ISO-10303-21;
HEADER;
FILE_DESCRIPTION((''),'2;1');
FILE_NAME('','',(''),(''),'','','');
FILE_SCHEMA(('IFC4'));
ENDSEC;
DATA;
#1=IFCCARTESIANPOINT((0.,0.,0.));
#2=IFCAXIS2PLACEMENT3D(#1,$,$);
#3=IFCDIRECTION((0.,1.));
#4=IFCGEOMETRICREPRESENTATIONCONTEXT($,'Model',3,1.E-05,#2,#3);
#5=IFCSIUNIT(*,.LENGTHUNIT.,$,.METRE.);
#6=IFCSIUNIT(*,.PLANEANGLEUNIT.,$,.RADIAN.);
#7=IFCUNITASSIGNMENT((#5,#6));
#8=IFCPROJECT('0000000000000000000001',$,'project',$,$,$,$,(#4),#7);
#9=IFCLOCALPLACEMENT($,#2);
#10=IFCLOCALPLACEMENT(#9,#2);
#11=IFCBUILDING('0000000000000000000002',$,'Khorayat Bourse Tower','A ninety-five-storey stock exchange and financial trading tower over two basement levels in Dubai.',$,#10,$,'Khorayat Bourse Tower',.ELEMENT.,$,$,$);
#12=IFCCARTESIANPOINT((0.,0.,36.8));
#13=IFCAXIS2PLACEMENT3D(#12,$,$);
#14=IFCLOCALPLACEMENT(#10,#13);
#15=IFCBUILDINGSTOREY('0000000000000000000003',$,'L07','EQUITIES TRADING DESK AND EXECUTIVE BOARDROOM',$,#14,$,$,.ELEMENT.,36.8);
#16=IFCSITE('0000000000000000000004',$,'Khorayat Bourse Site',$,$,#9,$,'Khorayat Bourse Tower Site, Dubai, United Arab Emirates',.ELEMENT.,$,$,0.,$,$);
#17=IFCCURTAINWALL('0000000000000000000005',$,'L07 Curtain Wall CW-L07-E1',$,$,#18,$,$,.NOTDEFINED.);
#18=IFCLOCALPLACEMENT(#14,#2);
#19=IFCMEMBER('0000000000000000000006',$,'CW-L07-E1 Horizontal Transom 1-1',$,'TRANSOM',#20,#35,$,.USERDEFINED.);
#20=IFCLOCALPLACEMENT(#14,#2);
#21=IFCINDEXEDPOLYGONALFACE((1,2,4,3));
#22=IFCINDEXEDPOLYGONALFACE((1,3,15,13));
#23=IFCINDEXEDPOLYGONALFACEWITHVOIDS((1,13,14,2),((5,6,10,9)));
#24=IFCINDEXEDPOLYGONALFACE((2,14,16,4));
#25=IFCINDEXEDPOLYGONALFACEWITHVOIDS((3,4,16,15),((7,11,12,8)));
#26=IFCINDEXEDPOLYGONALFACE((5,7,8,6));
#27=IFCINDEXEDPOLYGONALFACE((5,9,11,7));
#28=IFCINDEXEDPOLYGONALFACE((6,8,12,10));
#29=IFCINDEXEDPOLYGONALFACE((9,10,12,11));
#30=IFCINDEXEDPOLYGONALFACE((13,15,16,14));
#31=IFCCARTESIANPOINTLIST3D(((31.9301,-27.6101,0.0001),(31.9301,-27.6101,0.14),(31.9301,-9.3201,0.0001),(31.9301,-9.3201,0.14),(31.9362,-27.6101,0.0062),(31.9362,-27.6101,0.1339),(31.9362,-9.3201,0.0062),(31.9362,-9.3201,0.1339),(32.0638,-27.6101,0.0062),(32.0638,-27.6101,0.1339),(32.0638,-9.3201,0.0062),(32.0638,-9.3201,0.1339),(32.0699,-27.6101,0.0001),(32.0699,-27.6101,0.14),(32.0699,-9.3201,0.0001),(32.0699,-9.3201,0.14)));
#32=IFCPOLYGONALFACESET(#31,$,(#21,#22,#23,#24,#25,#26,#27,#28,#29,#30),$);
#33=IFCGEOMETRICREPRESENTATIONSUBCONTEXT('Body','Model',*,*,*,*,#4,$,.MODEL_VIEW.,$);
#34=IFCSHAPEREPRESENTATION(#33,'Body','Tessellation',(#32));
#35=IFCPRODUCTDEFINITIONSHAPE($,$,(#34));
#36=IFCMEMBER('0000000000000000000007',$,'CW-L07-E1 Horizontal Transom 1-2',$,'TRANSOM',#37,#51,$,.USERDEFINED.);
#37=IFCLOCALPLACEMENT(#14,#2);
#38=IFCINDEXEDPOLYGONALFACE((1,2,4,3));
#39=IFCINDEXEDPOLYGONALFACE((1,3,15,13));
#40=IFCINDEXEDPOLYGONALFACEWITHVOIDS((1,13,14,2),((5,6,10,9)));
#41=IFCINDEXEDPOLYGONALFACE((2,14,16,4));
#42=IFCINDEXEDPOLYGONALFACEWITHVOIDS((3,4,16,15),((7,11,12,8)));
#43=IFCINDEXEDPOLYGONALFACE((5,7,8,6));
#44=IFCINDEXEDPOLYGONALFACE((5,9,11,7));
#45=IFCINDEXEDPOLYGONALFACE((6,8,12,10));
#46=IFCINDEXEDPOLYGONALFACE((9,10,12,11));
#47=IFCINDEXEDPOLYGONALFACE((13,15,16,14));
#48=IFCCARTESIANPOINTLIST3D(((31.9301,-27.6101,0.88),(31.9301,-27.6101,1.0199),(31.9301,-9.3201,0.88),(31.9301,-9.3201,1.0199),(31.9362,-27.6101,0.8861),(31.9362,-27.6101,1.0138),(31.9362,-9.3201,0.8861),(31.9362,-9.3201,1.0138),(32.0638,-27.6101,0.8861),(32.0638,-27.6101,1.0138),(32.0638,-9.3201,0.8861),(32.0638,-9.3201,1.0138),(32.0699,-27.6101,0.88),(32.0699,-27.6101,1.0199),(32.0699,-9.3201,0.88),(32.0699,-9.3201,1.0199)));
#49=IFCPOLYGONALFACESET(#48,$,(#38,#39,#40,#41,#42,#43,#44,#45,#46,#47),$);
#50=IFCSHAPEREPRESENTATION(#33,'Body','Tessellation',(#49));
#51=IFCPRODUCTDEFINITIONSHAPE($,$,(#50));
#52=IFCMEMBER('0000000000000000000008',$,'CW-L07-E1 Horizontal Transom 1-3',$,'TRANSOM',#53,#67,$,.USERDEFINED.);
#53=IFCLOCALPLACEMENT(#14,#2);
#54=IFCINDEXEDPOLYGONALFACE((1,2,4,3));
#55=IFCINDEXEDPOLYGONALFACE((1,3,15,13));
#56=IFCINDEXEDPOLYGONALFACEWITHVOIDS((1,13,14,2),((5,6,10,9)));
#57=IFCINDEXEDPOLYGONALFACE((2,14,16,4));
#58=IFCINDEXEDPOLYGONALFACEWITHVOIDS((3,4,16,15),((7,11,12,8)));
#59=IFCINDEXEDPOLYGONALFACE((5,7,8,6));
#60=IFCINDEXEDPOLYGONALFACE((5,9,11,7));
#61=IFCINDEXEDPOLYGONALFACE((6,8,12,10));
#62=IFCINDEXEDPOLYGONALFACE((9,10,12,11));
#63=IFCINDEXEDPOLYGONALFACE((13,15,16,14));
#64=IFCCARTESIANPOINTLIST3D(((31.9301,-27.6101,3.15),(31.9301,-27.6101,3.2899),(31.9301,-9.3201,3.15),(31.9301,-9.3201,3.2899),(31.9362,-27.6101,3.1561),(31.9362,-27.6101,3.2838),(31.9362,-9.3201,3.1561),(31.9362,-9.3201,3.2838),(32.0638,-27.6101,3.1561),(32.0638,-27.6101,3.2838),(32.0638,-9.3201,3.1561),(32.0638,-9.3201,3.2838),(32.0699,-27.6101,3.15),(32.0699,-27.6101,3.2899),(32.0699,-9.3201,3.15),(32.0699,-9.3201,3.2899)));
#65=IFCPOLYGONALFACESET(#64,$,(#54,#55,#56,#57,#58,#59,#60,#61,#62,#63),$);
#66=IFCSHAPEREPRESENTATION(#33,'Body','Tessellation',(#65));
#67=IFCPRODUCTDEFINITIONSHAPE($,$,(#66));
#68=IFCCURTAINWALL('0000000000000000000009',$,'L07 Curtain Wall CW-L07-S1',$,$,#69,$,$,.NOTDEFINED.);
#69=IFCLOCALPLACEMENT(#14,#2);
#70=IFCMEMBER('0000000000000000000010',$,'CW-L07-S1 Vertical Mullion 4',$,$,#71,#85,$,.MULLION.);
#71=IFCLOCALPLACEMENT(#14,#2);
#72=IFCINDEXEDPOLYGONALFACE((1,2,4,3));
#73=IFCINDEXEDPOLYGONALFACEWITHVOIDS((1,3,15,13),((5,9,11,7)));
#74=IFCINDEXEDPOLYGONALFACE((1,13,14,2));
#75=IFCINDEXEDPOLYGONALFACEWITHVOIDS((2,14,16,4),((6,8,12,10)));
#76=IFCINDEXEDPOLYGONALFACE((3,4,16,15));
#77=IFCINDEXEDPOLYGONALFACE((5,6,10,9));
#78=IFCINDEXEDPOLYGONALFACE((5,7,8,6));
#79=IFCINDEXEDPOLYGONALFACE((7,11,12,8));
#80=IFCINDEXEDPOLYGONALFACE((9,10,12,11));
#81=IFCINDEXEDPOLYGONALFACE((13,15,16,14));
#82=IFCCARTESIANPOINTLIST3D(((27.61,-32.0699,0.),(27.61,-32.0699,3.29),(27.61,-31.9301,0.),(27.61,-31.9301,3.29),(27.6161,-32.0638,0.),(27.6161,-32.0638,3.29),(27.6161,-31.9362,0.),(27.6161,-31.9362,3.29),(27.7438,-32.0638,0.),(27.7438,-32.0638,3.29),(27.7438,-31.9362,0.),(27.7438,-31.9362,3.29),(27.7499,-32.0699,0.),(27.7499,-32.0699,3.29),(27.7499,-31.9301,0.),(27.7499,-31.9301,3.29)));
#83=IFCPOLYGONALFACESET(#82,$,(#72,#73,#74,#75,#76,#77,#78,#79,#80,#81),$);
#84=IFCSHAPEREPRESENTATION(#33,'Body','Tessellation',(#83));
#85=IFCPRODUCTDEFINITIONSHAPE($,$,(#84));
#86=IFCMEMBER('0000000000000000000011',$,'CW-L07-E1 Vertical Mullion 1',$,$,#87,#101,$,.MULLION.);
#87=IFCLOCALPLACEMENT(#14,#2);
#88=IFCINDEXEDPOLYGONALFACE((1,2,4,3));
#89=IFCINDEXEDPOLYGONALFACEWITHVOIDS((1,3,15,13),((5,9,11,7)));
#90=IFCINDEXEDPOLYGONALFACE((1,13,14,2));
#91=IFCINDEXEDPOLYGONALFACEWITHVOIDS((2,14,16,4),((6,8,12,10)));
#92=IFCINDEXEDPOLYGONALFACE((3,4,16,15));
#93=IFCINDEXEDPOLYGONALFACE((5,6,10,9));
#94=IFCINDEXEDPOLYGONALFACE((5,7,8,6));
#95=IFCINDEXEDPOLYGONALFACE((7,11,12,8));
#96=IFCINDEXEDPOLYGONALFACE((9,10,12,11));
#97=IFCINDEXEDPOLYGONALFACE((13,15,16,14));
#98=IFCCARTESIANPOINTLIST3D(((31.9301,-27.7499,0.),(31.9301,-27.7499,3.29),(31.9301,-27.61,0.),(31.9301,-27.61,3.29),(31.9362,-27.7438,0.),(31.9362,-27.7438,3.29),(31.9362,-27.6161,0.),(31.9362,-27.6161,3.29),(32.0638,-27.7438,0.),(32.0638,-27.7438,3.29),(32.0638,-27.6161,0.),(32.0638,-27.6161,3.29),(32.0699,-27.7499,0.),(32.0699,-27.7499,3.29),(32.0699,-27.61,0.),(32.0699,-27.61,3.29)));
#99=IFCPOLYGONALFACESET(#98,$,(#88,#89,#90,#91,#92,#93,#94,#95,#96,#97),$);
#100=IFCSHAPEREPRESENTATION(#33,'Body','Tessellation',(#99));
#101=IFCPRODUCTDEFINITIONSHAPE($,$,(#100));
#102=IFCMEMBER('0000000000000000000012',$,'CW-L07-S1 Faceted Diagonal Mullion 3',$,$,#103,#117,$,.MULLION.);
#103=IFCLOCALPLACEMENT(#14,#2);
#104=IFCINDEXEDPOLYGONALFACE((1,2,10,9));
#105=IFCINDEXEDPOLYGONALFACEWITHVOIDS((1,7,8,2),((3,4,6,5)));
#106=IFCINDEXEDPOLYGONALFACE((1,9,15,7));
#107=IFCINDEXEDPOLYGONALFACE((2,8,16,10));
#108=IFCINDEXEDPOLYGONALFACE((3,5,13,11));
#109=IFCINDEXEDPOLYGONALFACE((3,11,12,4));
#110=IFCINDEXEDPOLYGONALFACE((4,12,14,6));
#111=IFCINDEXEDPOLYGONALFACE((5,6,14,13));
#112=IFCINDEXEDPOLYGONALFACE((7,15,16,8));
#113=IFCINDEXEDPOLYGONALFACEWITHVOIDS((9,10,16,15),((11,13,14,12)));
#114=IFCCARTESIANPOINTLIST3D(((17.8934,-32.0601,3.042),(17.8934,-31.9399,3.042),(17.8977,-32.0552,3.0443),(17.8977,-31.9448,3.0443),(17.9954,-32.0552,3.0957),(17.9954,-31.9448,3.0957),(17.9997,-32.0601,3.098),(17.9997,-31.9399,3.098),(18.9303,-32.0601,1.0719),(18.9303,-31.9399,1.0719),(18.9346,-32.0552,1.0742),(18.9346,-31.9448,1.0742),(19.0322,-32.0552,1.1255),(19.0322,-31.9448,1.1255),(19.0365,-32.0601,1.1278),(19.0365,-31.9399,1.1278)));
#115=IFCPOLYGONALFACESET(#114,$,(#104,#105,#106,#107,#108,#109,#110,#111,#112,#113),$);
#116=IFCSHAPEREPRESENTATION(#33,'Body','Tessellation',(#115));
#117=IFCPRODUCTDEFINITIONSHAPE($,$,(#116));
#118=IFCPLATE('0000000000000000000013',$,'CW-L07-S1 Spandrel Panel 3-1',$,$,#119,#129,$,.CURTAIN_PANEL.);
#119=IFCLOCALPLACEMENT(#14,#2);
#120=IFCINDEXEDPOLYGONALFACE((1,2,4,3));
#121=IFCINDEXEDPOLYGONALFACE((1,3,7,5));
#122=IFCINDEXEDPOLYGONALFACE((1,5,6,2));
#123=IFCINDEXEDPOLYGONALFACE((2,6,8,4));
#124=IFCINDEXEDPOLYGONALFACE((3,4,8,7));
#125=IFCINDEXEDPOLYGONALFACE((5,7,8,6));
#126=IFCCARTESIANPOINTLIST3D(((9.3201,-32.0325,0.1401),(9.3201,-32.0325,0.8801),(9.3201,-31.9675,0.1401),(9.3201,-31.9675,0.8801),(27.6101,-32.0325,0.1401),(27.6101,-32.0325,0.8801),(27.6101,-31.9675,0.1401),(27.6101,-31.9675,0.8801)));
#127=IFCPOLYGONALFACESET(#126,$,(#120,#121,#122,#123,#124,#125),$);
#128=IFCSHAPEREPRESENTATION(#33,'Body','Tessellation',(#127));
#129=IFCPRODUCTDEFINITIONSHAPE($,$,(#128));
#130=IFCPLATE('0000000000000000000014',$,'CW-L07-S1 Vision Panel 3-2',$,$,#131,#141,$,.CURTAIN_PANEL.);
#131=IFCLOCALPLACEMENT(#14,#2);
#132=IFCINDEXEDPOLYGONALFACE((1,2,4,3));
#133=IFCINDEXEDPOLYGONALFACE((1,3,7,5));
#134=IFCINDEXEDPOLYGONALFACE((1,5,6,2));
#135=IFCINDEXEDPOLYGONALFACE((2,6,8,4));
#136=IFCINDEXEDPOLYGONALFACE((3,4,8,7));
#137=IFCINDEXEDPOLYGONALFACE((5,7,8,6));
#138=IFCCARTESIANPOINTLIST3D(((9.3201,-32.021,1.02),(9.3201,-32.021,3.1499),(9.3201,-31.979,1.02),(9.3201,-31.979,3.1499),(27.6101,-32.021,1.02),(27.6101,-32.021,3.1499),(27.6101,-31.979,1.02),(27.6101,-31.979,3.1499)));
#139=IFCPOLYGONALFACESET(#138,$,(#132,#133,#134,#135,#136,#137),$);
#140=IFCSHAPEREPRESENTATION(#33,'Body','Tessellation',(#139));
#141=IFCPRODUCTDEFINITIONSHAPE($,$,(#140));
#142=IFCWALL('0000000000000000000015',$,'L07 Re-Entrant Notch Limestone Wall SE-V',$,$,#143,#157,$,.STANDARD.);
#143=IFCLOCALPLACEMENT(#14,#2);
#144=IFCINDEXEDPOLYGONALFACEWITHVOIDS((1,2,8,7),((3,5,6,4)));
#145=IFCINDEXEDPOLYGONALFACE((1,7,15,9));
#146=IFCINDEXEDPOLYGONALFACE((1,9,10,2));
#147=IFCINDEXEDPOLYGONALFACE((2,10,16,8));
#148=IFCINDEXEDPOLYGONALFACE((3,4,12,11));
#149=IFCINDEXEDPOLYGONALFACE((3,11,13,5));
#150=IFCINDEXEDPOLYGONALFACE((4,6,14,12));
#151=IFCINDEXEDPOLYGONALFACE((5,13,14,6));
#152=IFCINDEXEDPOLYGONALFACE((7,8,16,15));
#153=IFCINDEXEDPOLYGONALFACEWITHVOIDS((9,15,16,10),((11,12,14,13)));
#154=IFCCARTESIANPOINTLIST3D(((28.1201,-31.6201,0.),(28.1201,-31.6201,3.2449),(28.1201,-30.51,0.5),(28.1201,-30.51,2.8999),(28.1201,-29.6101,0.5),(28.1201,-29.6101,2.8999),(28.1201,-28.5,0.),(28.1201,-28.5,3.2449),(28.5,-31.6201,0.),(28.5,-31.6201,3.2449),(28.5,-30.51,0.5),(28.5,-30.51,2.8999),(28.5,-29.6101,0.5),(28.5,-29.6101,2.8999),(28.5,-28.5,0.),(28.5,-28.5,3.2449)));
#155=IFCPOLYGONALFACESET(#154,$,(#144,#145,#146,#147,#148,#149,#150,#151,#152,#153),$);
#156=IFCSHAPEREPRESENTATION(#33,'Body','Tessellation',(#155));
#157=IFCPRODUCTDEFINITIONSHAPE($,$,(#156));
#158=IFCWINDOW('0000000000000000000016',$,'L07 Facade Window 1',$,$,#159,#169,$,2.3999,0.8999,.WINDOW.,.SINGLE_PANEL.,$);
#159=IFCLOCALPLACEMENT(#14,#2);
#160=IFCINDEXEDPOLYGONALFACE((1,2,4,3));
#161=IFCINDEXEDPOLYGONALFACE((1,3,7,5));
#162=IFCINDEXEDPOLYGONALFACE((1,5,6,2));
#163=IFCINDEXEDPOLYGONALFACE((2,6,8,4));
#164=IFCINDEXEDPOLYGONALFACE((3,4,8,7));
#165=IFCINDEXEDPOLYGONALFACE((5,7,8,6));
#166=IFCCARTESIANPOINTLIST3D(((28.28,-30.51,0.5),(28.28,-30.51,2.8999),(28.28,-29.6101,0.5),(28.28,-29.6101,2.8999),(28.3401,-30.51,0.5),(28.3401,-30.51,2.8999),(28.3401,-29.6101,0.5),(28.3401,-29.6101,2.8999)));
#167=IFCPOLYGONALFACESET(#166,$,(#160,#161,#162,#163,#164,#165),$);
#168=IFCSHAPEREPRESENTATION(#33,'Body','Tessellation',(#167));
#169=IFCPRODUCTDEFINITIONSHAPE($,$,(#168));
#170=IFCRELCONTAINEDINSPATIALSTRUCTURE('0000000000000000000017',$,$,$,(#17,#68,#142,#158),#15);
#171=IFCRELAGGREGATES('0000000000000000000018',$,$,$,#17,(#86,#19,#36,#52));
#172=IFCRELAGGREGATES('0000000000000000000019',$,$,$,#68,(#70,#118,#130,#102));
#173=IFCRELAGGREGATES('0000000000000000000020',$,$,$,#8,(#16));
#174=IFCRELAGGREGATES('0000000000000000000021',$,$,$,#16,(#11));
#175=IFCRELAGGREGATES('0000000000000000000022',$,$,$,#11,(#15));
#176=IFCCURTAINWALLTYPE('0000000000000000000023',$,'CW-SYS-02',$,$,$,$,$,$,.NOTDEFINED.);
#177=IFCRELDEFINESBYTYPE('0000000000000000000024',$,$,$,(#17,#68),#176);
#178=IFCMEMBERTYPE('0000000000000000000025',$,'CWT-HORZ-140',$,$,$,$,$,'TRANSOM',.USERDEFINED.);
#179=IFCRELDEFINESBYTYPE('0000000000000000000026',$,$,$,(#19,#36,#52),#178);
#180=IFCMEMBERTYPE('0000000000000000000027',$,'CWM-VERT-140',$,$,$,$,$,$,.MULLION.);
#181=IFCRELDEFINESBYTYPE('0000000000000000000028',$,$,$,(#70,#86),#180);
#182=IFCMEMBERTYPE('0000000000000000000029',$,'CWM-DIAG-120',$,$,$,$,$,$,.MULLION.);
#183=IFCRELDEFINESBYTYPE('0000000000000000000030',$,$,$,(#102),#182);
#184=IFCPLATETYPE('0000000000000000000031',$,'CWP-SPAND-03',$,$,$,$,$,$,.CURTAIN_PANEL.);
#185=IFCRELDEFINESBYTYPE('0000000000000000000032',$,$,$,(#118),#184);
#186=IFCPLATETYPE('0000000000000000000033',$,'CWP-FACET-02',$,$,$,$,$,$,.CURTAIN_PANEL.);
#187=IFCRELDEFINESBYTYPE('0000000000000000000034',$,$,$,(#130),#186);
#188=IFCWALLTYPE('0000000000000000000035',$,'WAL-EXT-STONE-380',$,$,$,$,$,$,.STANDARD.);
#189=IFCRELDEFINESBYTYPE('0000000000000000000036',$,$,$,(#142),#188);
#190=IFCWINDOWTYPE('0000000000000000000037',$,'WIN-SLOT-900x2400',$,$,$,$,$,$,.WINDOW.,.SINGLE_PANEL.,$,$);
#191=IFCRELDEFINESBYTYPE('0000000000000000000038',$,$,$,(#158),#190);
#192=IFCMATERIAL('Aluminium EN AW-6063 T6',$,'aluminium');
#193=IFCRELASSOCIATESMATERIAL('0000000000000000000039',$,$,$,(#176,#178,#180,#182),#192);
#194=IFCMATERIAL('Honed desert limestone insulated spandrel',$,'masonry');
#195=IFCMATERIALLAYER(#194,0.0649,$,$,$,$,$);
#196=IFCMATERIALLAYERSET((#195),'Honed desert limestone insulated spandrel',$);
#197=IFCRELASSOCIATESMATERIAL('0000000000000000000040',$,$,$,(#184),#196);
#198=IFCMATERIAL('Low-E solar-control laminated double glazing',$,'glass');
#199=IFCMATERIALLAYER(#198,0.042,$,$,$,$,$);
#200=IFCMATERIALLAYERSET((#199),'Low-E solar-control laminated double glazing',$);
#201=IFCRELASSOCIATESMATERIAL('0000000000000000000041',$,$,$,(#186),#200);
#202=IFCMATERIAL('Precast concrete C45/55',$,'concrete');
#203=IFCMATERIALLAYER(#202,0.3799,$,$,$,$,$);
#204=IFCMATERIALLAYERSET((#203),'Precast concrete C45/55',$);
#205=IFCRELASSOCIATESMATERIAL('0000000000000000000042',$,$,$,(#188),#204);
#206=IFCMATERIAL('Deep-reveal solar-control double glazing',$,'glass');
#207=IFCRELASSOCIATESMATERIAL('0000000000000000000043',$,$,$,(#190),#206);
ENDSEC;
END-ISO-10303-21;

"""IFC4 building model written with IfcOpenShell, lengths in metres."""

from ifc_helpers import new_model, si_unit, direction, frame, frame_2d, origin, origin_2d, place, context, subcontext, project, spatial, rectangle, hollow_rectangle, extrude, source, transform, mapped, material, layer, layer_set, material_profile, profile_set, type_object, element, fill, aggregate, save


model = new_model("IFC4")

# Units and contexts
model_context = context("Model", 3, precision=1e-05, world=origin(), true_north=direction((0.0, 1.0)))
body_context = subcontext(model_context, "Body", "Model", "MODEL_VIEW")
ifc_project = project(units=[si_unit("LENGTHUNIT", "METRE"), si_unit("PLANEANGLEUNIT", "RADIAN")], contexts=[model_context])

# Site, building, storey
site_placement = place(None, origin())
site = spatial("IfcSite", under=ifc_project, at=site_placement, Name="Khorayat Bourse Site", LongName="Khorayat Bourse Tower Site, Dubai, United Arab Emirates", CompositionType="ELEMENT", RefElevation=0.0)
building_placement = place(site_placement, origin())
building = spatial("IfcBuilding", under=site, at=building_placement, Name="Khorayat Bourse Tower", Description="A ninety-five-storey stock exchange and financial trading tower over two basement levels in Dubai.", LongName="Khorayat Bourse Tower", CompositionType="ELEMENT")
storey_placement = place(building_placement, frame((0.0, 0.0, 36.8)))
storey = spatial("IfcBuildingStorey", under=building, at=storey_placement, Name="L07", Description="EQUITIES TRADING DESK AND EXECUTIVE BOARDROOM", CompositionType="ELEMENT", Elevation=36.8)

# Curtain wall, members
ifc_material_1 = material(Name="Aluminium EN AW-6063 T6", Category="aluminium")
curtain_wall_type = type_object("IfcCurtainWallType", Name="CW-SYS-02", PredefinedType="NOTDEFINED", material=ifc_material_1)
curtain_wall_1_placement = place(storey_placement, origin())
curtain_wall_1 = element("IfcCurtainWall", 1, at=curtain_wall_1_placement, inside=storey, type_object=curtain_wall_type, Name="L07 Curtain Wall CW-L07-E1", PredefinedType="NOTDEFINED")
ifc_material_profile_1 = material_profile(ifc_material_1, hollow_rectangle(XDim=0.1399, YDim=0.1399, WallThickness=0.0061, at=origin_2d()), Name="ALU 140x140x6")
ifc_profile_set_1 = profile_set([ifc_material_profile_1], Name="Aluminium EN AW-6063 T6")
member_type_1 = type_object("IfcMemberType", Name="CWT-HORZ-140", ElementType="TRANSOM", PredefinedType="USERDEFINED", material=ifc_profile_set_1)
shared_shape_1 = source(origin(), body_context, "Body", "SweptSolid", [
    extrude(hollow_rectangle(XDim=0.1399, YDim=0.1399, WallThickness=0.0061, at=origin_2d()), origin(), (0.0, 0.0, 1.0), 18.29),
])
member_1_placement = place(storey_placement, frame((32.0, -27.6101, 0.0701), z_axis=(0.0, 1.0, 0.0), x_axis=(-1.0, 0.0, 0.0)))
member_1 = element("IfcMember", 2, at=member_1_placement, type_object=member_type_1, Name="CW-L07-E1 Horizontal Transom 1-1", ObjectType="TRANSOM", PredefinedType="USERDEFINED", context=body_context, shape_type="MappedRepresentation", body=[
    mapped(shared_shape_1, transform((0.0, 0.0, 0.0), scale=1.0)),
])
member_2_placement = place(storey_placement, frame((32.0, -27.6101, 0.95), z_axis=(0.0, 1.0, 0.0), x_axis=(-1.0, 0.0, 0.0)))
member_2 = element("IfcMember", 3, at=member_2_placement, type_object=member_type_1, Name="CW-L07-E1 Horizontal Transom 1-2", ObjectType="TRANSOM", PredefinedType="USERDEFINED", context=body_context, shape_type="MappedRepresentation", body=[
    mapped(shared_shape_1, transform((0.0, 0.0, 0.0), scale=1.0)),
])
member_3_placement = place(storey_placement, frame((32.0, -27.6101, 3.22), z_axis=(0.0, 1.0, 0.0), x_axis=(-1.0, 0.0, 0.0)))
member_3 = element("IfcMember", 4, at=member_3_placement, type_object=member_type_1, Name="CW-L07-E1 Horizontal Transom 1-3", ObjectType="TRANSOM", PredefinedType="USERDEFINED", context=body_context, shape_type="MappedRepresentation", body=[
    mapped(shared_shape_1, transform((0.0, 0.0, 0.0), scale=1.0)),
])

# Curtain wall, member
curtain_wall_2_placement = place(storey_placement, origin())
curtain_wall_2 = element("IfcCurtainWall", 5, at=curtain_wall_2_placement, inside=storey, type_object=curtain_wall_type, Name="L07 Curtain Wall CW-L07-S1", PredefinedType="NOTDEFINED")
ifc_material_profile_2 = material_profile(ifc_material_1, hollow_rectangle(XDim=0.1399, YDim=0.1399, WallThickness=0.0061, at=origin_2d()), Name="ALU 140x140x6")
ifc_profile_set_2 = profile_set([ifc_material_profile_2], Name="Aluminium EN AW-6063 T6")
member_type_2 = type_object("IfcMemberType", Name="CWM-VERT-140", PredefinedType="MULLION", material=ifc_profile_set_2)
shared_shape_2 = source(origin(), body_context, "Body", "SweptSolid", [
    extrude(hollow_rectangle(XDim=0.1399, YDim=0.1399, WallThickness=0.0061, at=origin_2d()), origin(), (0.0, 0.0, 1.0), 3.29),
])
member_4_placement = place(storey_placement, frame((27.6799, -32.0, 0.0), z_axis=(0.0, 0.0, 1.0), x_axis=(0.0, 1.0, 0.0)))
member_4 = element("IfcMember", 6, at=member_4_placement, type_object=member_type_2, Name="CW-L07-S1 Vertical Mullion 4", PredefinedType="MULLION", context=body_context, shape_type="MappedRepresentation", body=[
    mapped(shared_shape_2, transform((0.0, 0.0, 0.0), scale=1.0)),
])

# Members
member_5_placement = place(storey_placement, frame((32.0, -27.6799, 0.0), z_axis=(0.0, 0.0, 1.0), x_axis=(-1.0, 0.0, 0.0)))
member_5 = element("IfcMember", 7, at=member_5_placement, type_object=member_type_2, Name="CW-L07-E1 Vertical Mullion 1", PredefinedType="MULLION", context=body_context, shape_type="MappedRepresentation", body=[
    mapped(shared_shape_2, transform((0.0, 0.0, 0.0), scale=1.0)),
])
aggregate(curtain_wall_1, [member_5, member_1, member_2, member_3])
ifc_material_profile_3 = material_profile(ifc_material_1, hollow_rectangle(XDim=0.1201, YDim=0.1201, WallThickness=0.0049, at=origin_2d()), Name="ALU 120x120x5")
ifc_profile_set_3 = profile_set([ifc_material_profile_3], Name="Aluminium EN AW-6063 T6")
member_type_3 = type_object("IfcMemberType", Name="CWM-DIAG-120", PredefinedType="MULLION", material=ifc_profile_set_3)
shared_shape_3 = source(origin(), body_context, "Body", "SweptSolid", [
    extrude(hollow_rectangle(XDim=0.1201, YDim=0.1201, WallThickness=0.0049, at=origin_2d()), origin(), (0.0, 0.0, 1.0), 2.2263),
])
member_6_placement = place(storey_placement, frame((18.9834, -32.0, 1.0999), z_axis=(-0.465715, 0.0, 0.884935), x_axis=(0.0, -1.0, 0.0)))
member_6 = element("IfcMember", 8, at=member_6_placement, type_object=member_type_3, Name="CW-L07-S1 Faceted Diagonal Mullion 3", PredefinedType="MULLION", context=body_context, shape_type="MappedRepresentation", body=[
    mapped(shared_shape_3, transform((0.0, 0.0, 0.0), scale=1.0)),
])

# Plates
ifc_material_2 = material(Name="Honed desert limestone insulated spandrel", Category="masonry")
ifc_layer_1 = layer(ifc_material_2, 0.0649)
ifc_layer_set_1 = layer_set([ifc_layer_1], Name="Honed desert limestone insulated spandrel")
plate_type_1 = type_object("IfcPlateType", Name="CWP-SPAND-03", PredefinedType="CURTAIN_PANEL", material=ifc_layer_set_1)
shared_shape_4 = source(origin(), body_context, "Body", "SweptSolid", [
    extrude(rectangle(XDim=18.29, YDim=0.0649, at=origin_2d()), origin(), (0.0, 0.0, 1.0), 0.74),
])
plate_1_placement = place(storey_placement, frame((18.4651, -32.0, 0.1401), z_axis=(0.0, 0.0, 1.0), x_axis=(1.0, 0.0, 0.0)))
plate_1 = element("IfcPlate", 9, at=plate_1_placement, type_object=plate_type_1, Name="CW-L07-S1 Spandrel Panel 3-1", PredefinedType="CURTAIN_PANEL", context=body_context, shape_type="MappedRepresentation", body=[
    mapped(shared_shape_4, transform((0.0, 0.0, 0.0), scale=1.0)),
])
ifc_material_3 = material(Name="Low-E solar-control laminated double glazing", Category="glass")
ifc_layer_2 = layer(ifc_material_3, 0.042)
ifc_layer_set_2 = layer_set([ifc_layer_2], Name="Low-E solar-control laminated double glazing")
plate_type_2 = type_object("IfcPlateType", Name="CWP-FACET-02", PredefinedType="CURTAIN_PANEL", material=ifc_layer_set_2)
shared_shape_5 = source(origin(), body_context, "Body", "SweptSolid", [
    extrude(rectangle(XDim=18.29, YDim=0.042, at=origin_2d()), origin(), (0.0, 0.0, 1.0), 2.1299),
])
plate_2_placement = place(storey_placement, frame((18.4651, -32.0, 1.02), z_axis=(0.0, 0.0, 1.0), x_axis=(1.0, 0.0, 0.0)))
plate_2 = element("IfcPlate", 10, at=plate_2_placement, type_object=plate_type_2, Name="CW-L07-S1 Vision Panel 3-2", PredefinedType="CURTAIN_PANEL", context=body_context, shape_type="MappedRepresentation", body=[
    mapped(shared_shape_5, transform((0.0, 0.0, 0.0), scale=1.0)),
])
aggregate(curtain_wall_2, [member_4, plate_1, plate_2, member_6])

# Wall, opening, window
ifc_material_4 = material(Name="Precast concrete C45/55", Category="concrete")
ifc_layer_3 = layer(ifc_material_4, 0.3799)
ifc_layer_set_3 = layer_set([ifc_layer_3], Name="Precast concrete C45/55")
wall_type_1 = type_object("IfcWallType", Name="WAL-EXT-STONE-380", PredefinedType="STANDARD", material=ifc_layer_set_3)
shared_shape_6 = source(origin(), body_context, "Body", "SweptSolid", [
    extrude(rectangle(XDim=3.1201, YDim=0.3799, at=frame_2d((1.5601, 0.0))), origin(), (0.0, 0.0, 1.0), 3.2449),
])
wall_1_placement = place(storey_placement, frame((28.3101, -31.6201, 0.0), z_axis=(0.0, 0.0, 1.0), x_axis=(0.0, 1.0, 0.0)))
wall_1 = element("IfcWall", 11, at=wall_1_placement, inside=storey, type_object=wall_type_1, Name="L07 Re-Entrant Notch Limestone Wall SE-V", PredefinedType="STANDARD", context=body_context, shape_type="MappedRepresentation", body=[
    mapped(shared_shape_6, transform((0.0, 0.0, 0.0), scale=1.0)),
])
shared_shape_7 = source(origin(), body_context, "Body", "SweptSolid", [
    extrude(rectangle(XDim=0.8999, YDim=2.3999, at=frame_2d((0.45, 1.2))), frame((0.0, 0.2, 0.0), z_axis=(0.0, -1.0, 0.0), x_axis=(1.0, 0.0, 0.0)), (0.0, 0.0, 1.0), 0.3999),
])
opening_1_placement = place(wall_1_placement, frame((1.1101, 0.0, 0.5)))
opening_1 = element("IfcOpeningElement", 12, at=opening_1_placement, cuts=wall_1, PredefinedType="OPENING", context=body_context, shape_type="MappedRepresentation", body=[
    mapped(shared_shape_7, transform((0.0, 0.0, 0.0), scale=1.0)),
])
ifc_material_5 = material(Name="Deep-reveal solar-control double glazing", Category="glass")
window_type = type_object("IfcWindowType", Name="WIN-SLOT-900x2400", PartitioningType="SINGLE_PANEL", PredefinedType="WINDOW", material=ifc_material_5)
shared_shape_8 = source(origin(), body_context, "Body", "SweptSolid", [
    extrude(rectangle(XDim=0.8999, YDim=2.3999, at=frame_2d((0.45, 1.2))), frame((0.0, 0.03, 0.0), z_axis=(0.0, -1.0, 0.0), x_axis=(1.0, 0.0, 0.0)), (0.0, 0.0, 1.0), 0.0601),
])
window_1_placement = place(opening_1_placement, origin())
window_1 = element("IfcWindow", 13, at=window_1_placement, inside=storey, type_object=window_type, Name="L07 Facade Window 1", OverallHeight=2.3999, OverallWidth=0.8999, PartitioningType="SINGLE_PANEL", PredefinedType="WINDOW", context=body_context, shape_type="MappedRepresentation", body=[
    mapped(shared_shape_8, transform((0.0, 0.0, 0.0), scale=1.0)),
])
fill(opening_1, window_1)

save(model, "model.ifc")
